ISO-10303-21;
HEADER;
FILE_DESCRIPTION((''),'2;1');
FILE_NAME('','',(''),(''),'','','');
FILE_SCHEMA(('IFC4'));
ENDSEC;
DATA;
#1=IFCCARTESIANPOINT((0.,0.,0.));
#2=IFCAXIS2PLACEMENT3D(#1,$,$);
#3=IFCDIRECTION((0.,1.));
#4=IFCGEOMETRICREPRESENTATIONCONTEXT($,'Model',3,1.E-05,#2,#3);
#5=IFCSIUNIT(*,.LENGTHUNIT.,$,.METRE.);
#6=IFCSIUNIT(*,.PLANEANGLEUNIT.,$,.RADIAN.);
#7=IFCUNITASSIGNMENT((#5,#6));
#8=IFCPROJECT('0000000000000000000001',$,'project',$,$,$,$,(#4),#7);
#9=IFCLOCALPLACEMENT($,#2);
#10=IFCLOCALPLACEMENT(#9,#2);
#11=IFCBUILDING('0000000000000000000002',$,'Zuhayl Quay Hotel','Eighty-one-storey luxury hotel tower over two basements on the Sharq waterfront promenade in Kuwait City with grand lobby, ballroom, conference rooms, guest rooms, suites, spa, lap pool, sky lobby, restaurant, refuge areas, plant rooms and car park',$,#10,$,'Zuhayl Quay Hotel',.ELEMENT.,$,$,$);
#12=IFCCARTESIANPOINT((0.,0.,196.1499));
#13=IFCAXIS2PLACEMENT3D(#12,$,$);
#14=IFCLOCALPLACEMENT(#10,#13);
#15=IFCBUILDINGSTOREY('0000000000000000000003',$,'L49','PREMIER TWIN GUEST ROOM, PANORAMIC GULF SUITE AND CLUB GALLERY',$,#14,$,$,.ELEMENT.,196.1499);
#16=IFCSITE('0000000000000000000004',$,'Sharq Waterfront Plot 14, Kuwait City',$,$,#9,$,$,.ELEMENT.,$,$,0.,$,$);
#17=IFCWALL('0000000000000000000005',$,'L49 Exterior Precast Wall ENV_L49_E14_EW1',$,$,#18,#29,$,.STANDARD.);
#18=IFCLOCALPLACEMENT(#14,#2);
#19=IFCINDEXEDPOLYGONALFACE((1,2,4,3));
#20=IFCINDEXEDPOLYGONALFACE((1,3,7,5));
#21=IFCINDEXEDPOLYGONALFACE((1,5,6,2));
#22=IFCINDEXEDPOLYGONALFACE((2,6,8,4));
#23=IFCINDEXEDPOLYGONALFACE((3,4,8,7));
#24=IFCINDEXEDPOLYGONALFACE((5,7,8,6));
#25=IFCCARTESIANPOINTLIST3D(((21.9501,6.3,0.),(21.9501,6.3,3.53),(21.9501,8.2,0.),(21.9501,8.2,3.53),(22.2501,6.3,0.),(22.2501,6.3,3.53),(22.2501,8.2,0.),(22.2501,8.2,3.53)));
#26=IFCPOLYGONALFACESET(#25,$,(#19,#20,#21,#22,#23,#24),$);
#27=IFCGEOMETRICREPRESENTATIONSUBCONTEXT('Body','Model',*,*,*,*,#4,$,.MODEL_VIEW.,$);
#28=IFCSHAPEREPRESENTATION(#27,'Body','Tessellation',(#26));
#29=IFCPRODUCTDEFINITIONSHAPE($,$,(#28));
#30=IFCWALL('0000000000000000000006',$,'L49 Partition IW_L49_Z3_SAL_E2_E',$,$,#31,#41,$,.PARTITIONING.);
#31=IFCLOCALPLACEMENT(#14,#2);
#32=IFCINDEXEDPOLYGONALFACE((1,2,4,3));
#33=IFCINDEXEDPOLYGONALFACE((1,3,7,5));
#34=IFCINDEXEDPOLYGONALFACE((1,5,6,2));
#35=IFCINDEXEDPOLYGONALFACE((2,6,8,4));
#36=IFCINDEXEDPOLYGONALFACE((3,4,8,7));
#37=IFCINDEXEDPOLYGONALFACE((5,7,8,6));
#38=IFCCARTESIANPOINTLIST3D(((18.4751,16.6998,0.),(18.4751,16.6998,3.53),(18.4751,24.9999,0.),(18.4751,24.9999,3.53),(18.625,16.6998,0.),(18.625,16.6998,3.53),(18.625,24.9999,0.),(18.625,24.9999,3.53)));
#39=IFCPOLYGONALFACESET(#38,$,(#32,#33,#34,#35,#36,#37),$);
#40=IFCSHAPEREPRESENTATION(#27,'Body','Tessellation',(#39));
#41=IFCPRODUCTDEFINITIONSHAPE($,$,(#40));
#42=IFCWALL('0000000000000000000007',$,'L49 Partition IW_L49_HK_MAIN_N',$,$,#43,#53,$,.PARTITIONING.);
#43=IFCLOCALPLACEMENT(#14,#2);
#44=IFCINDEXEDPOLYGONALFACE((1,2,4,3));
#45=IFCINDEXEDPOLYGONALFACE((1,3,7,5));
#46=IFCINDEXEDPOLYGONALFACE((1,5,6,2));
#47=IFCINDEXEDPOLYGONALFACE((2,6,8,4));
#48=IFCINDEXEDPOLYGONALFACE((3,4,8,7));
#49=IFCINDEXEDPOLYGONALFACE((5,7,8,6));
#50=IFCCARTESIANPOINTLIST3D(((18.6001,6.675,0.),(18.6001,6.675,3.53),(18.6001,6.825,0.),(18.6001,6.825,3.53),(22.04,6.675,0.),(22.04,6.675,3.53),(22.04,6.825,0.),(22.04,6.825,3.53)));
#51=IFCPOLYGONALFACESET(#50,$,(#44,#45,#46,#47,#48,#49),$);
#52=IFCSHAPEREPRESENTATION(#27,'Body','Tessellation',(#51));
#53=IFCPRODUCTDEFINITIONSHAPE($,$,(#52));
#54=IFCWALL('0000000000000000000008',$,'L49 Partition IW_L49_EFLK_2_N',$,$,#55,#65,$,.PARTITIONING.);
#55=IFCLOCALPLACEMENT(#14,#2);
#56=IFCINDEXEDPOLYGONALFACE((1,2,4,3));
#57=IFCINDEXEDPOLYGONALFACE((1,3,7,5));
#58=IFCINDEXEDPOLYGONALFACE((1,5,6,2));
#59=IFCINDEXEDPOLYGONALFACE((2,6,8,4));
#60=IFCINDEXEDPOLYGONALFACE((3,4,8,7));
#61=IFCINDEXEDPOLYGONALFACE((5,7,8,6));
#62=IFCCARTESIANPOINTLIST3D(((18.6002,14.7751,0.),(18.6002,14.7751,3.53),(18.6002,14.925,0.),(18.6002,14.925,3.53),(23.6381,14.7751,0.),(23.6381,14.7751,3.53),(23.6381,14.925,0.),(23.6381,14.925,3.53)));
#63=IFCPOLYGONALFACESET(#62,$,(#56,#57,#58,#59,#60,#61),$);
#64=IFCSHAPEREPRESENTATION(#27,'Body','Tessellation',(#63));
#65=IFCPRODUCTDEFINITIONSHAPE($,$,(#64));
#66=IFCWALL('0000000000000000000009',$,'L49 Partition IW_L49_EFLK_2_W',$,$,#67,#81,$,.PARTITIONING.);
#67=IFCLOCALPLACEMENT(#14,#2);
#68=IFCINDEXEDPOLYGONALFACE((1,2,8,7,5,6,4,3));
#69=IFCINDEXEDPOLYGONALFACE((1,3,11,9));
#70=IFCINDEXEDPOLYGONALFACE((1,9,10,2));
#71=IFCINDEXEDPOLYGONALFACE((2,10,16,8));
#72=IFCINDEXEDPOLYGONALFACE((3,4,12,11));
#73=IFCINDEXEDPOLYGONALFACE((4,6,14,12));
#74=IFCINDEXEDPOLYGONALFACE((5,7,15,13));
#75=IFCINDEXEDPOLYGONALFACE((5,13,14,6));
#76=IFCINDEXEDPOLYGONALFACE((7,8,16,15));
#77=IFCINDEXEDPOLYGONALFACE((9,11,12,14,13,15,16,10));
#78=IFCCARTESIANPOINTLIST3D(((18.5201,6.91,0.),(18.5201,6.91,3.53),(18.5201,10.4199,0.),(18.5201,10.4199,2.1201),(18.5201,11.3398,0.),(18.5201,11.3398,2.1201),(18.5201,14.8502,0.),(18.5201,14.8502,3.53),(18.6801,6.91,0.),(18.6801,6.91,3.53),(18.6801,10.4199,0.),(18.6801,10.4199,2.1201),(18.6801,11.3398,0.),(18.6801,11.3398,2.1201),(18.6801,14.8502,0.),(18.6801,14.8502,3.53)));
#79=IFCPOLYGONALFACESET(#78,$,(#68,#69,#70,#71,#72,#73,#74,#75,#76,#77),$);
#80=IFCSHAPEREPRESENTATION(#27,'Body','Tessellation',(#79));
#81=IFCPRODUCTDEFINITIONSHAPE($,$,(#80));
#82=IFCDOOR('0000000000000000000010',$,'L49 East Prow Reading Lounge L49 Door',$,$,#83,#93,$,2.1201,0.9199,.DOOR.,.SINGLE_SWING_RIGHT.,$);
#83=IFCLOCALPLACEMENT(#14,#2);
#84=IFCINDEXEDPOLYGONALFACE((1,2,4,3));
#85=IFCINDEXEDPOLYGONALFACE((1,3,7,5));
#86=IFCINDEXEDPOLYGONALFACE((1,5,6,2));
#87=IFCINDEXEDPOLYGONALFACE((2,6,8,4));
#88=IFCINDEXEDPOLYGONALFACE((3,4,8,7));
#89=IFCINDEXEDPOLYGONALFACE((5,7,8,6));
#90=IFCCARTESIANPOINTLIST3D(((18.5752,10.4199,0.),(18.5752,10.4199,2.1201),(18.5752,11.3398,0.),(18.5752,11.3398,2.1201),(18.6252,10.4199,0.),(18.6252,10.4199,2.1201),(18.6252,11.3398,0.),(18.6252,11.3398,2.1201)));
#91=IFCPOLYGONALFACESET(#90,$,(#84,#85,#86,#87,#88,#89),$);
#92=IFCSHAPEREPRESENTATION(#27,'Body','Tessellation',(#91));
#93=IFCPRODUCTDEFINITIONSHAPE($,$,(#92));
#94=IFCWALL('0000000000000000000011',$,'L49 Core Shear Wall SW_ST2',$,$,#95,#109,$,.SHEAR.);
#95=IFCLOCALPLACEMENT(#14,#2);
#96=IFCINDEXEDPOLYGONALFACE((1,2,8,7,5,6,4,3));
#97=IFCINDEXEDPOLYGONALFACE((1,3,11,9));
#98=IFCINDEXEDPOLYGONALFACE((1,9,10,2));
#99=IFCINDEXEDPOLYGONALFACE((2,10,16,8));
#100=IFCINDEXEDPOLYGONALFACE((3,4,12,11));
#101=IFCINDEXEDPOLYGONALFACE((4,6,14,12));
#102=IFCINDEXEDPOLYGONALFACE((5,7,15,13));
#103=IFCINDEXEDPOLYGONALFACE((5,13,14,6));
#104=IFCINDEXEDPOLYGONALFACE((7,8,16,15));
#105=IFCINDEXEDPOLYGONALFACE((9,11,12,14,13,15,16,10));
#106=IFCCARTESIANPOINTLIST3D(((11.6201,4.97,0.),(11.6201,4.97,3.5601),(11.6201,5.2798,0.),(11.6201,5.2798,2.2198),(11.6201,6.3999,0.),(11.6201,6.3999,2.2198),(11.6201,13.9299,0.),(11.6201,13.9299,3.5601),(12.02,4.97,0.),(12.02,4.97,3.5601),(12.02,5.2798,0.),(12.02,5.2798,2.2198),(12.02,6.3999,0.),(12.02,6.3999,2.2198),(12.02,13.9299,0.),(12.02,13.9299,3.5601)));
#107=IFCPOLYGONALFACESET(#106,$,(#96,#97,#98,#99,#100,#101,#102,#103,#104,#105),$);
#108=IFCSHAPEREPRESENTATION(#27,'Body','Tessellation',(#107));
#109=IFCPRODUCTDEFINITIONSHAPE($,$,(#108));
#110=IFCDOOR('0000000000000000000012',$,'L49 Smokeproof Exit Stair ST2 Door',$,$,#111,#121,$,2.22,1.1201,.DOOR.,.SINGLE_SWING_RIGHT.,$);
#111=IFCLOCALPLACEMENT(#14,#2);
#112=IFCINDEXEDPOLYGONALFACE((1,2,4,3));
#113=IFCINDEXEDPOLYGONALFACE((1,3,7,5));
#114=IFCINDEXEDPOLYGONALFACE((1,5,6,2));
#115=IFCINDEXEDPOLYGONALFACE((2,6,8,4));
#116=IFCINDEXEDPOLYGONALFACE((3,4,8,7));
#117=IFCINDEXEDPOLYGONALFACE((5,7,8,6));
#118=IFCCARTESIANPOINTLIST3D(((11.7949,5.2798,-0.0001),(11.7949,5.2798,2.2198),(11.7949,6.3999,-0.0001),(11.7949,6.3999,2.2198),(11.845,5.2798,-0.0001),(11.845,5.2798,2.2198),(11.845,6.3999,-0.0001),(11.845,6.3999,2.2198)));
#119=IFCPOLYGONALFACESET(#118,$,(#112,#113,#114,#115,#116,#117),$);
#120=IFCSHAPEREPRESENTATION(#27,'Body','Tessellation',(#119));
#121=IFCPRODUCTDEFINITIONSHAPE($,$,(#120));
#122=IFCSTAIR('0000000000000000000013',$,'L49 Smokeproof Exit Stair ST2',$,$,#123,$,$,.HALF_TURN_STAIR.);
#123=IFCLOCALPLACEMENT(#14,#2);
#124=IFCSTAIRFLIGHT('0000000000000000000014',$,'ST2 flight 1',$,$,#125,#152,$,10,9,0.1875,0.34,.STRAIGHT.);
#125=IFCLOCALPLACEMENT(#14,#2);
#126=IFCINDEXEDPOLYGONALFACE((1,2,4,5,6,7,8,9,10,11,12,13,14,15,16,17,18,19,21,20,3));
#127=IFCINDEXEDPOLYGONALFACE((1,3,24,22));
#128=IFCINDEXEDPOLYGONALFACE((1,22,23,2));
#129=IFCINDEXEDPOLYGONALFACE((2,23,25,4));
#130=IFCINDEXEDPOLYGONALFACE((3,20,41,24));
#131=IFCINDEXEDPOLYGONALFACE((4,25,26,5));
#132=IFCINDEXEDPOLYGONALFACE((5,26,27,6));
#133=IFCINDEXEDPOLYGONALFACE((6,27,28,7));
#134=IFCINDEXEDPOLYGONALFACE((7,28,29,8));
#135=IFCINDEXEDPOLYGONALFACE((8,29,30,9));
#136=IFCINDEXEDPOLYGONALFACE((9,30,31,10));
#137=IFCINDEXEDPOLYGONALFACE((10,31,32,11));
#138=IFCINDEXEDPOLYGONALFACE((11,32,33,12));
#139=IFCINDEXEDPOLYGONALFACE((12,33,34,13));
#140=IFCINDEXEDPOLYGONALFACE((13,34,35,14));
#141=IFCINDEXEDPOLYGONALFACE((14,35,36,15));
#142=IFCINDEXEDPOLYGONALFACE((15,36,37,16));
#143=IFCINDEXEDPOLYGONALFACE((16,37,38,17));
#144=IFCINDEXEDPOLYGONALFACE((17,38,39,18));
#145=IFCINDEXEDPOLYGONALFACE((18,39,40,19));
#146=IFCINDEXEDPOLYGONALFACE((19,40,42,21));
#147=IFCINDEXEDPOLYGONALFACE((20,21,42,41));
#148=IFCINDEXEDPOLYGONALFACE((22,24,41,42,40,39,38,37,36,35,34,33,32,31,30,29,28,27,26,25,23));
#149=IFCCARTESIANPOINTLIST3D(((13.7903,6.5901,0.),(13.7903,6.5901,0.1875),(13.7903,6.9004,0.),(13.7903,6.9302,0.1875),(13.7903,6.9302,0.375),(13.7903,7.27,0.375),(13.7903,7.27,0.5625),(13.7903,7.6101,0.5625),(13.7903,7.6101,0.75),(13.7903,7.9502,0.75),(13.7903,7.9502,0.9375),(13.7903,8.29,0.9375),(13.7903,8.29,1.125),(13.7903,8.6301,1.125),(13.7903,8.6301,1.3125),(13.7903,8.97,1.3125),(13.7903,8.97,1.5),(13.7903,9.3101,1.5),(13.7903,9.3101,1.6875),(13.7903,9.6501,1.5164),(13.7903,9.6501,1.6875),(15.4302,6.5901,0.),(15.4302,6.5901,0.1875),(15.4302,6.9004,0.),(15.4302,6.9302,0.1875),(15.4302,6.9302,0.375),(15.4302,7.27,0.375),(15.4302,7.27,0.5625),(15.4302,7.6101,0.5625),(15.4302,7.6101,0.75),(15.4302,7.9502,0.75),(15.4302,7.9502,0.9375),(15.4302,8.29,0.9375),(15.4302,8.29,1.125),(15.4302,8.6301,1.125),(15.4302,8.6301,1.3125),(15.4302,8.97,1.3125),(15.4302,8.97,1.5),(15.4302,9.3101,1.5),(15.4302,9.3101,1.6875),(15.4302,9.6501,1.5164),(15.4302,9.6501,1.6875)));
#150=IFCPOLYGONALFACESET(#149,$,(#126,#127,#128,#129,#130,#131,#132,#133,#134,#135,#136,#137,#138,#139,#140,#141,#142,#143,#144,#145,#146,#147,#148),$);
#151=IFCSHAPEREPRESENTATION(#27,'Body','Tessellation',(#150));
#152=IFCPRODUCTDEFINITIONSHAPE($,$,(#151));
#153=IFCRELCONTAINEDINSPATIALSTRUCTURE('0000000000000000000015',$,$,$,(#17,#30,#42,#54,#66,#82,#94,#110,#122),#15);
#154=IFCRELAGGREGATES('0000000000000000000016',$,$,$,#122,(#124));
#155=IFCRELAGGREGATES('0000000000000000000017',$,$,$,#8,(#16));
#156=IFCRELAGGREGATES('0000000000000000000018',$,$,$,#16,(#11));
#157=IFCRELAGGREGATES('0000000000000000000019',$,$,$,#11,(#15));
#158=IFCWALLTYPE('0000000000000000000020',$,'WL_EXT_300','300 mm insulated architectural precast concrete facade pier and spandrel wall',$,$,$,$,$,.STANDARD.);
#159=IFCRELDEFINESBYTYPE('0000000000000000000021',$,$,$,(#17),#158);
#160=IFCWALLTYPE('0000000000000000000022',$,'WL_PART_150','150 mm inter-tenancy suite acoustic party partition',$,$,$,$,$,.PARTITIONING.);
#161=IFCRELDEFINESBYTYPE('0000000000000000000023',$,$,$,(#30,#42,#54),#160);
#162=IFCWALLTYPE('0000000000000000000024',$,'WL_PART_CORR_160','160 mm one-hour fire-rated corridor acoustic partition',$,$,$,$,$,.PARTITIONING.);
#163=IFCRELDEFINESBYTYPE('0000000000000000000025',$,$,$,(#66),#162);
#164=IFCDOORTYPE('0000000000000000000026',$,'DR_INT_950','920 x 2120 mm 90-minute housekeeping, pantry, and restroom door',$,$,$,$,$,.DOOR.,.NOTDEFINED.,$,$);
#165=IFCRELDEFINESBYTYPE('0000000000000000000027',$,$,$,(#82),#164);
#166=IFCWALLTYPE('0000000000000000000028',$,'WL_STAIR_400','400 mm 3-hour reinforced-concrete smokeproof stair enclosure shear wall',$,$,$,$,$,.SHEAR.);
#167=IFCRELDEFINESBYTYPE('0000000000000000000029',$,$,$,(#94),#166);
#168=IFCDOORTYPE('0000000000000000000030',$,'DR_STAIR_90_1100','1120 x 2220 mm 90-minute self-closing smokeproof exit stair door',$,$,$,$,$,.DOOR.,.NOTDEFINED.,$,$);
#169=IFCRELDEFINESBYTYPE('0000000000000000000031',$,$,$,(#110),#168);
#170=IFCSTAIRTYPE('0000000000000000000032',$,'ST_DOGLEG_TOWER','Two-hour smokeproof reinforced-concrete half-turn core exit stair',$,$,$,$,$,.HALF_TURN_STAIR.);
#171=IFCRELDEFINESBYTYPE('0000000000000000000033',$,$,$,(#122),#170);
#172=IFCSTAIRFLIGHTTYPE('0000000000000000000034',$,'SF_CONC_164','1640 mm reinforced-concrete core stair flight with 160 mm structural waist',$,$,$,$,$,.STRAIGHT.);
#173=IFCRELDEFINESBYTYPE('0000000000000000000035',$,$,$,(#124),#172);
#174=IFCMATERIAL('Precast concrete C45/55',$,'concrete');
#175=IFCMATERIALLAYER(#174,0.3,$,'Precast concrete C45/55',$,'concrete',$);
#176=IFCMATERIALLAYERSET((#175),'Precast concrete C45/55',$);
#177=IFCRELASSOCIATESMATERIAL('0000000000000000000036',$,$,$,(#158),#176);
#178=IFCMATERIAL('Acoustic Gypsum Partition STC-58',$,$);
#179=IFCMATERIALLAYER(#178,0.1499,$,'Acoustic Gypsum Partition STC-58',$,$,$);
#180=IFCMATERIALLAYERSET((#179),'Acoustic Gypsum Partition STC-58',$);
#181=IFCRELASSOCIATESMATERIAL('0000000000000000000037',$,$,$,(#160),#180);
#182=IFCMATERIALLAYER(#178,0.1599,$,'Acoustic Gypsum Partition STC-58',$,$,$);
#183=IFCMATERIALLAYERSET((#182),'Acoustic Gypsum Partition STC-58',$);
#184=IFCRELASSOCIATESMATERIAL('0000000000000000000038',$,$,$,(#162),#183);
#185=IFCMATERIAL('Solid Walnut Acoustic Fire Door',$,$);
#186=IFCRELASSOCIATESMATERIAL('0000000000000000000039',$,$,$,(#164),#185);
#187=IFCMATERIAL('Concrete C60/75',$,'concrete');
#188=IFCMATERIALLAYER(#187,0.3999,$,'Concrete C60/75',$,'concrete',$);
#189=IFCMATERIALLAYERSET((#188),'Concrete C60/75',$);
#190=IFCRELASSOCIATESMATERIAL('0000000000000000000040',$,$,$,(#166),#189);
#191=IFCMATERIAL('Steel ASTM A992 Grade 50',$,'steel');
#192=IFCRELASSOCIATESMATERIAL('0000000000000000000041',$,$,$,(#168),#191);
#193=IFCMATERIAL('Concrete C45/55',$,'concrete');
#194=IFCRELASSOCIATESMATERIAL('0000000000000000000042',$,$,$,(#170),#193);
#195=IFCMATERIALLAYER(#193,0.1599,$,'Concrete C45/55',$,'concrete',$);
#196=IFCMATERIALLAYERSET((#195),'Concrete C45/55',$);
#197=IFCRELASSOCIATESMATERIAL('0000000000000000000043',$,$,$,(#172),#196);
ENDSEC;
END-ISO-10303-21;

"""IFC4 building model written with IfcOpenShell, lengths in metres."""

from ifc_helpers import new_model, si_unit, direction, frame, frame_2d, origin, place, context, subcontext, project, spatial, polyline, rectangle, outline, extrude, material, layer, layer_set, type_object, element, fill, aggregate, save


model = new_model("IFC4")

# Units and contexts
model_context = context("Model", 3, precision=1e-05, world=origin(), true_north=direction((0.0, 1.0)))
body_context = subcontext(model_context, "Body", "Model", "MODEL_VIEW")
ifc_project = project(units=[si_unit("LENGTHUNIT", "METRE"), si_unit("PLANEANGLEUNIT", "RADIAN")], contexts=[model_context])

# Site, building, storey
site_placement = place(None, origin())
site = spatial("IfcSite", under=ifc_project, at=site_placement, Name="Sharq Waterfront Plot 14, Kuwait City", CompositionType="ELEMENT", RefElevation=0.0)
building_placement = place(site_placement, origin())
building = spatial("IfcBuilding", under=site, at=building_placement, Name="Zuhayl Quay Hotel", Description="Eighty-one-storey luxury hotel tower over two basements on the Sharq waterfront promenade in Kuwait City with grand lobby, ballroom, conference rooms, guest rooms, suites, spa, lap pool, sky lobby, restaurant, refuge areas, plant rooms and car park", LongName="Zuhayl Quay Hotel", CompositionType="ELEMENT")
storey_placement = place(building_placement, frame((0.0, 0.0, 196.1499)))
storey = spatial("IfcBuildingStorey", under=building, at=storey_placement, Name="L49", Description="PREMIER TWIN GUEST ROOM, PANORAMIC GULF SUITE AND CLUB GALLERY", CompositionType="ELEMENT", Elevation=196.1499)

# Shared definitions
ifc_material_1 = material(Name="Concrete C60/75", Category="concrete")

# Shared definitions
ifc_material_2 = material(Name="Steel ASTM A992 Grade 50", Category="steel")

# Walls
ifc_material_3 = material(Name="Precast concrete C45/55", Category="concrete")
ifc_layer_1 = layer(ifc_material_3, 0.3, Name="Precast concrete C45/55", Category="concrete")
ifc_layer_set_1 = layer_set([ifc_layer_1], Name="Precast concrete C45/55")
wall_type_1 = type_object("IfcWallType", Name="WL_EXT_300", Description="300 mm insulated architectural precast concrete facade pier and spandrel wall", PredefinedType="STANDARD", material=ifc_layer_set_1)
wall_1_placement = place(storey_placement, frame((22.1001, 8.2, 0.0), z_axis=(0.0, 0.0, 1.0), x_axis=(0.0, -1.0, 0.0)))
element("IfcWall", 1, at=wall_1_placement, inside=storey, type_object=wall_type_1, Name="L49 Exterior Precast Wall ENV_L49_E14_EW1", PredefinedType="STANDARD", context=body_context, shape_type="SweptSolid", body=[
    extrude(rectangle(XDim=1.8999, YDim=0.3, at=frame_2d((0.95, 0.0))), origin(), (0.0, 0.0, 1.0), 3.53),
])
ifc_material_4 = material(Name="Acoustic Gypsum Partition STC-58")
ifc_layer_2 = layer(ifc_material_4, 0.1499, Name="Acoustic Gypsum Partition STC-58")
ifc_layer_set_2 = layer_set([ifc_layer_2], Name="Acoustic Gypsum Partition STC-58")
wall_type_2 = type_object("IfcWallType", Name="WL_PART_150", Description="150 mm inter-tenancy suite acoustic party partition", PredefinedType="PARTITIONING", material=ifc_layer_set_2)
wall_2_placement = place(storey_placement, frame((18.55, 16.7, 0.0), z_axis=(0.0, 0.0, 1.0), x_axis=(0.0, 1.0, 0.0)))
element("IfcWall", 2, at=wall_2_placement, inside=storey, type_object=wall_type_2, Name="L49 Partition IW_L49_Z3_SAL_E2_E", PredefinedType="PARTITIONING", context=body_context, shape_type="SweptSolid", body=[
    extrude(rectangle(XDim=8.3, YDim=0.1499, at=frame_2d((4.1499, 0.0))), origin(), (0.0, 0.0, 1.0), 3.53),
])
wall_3_placement = place(storey_placement, frame((18.6001, 6.75, 0.0), z_axis=(0.0, 0.0, 1.0), x_axis=(1.0, 0.0, 0.0)))
element("IfcWall", 3, at=wall_3_placement, inside=storey, type_object=wall_type_2, Name="L49 Partition IW_L49_HK_MAIN_N", PredefinedType="PARTITIONING", context=body_context, shape_type="SweptSolid", body=[
    extrude(rectangle(XDim=3.4399, YDim=0.1499, at=frame_2d((1.72, 0.0))), origin(), (0.0, 0.0, 1.0), 3.53),
])
wall_4_placement = place(storey_placement, frame((18.6001, 14.8501, 0.0), z_axis=(0.0, 0.0, 1.0), x_axis=(1.0, 0.0, 0.0)))
element("IfcWall", 4, at=wall_4_placement, inside=storey, type_object=wall_type_2, Name="L49 Partition IW_L49_EFLK_2_N", PredefinedType="PARTITIONING", context=body_context, shape_type="SweptSolid", body=[
    extrude(rectangle(XDim=5.0378, YDim=0.1499, at=frame_2d((2.519, 0.0))), origin(), (0.0, 0.0, 1.0), 3.53),
])

# Walls, openings, doors
ifc_layer_3 = layer(ifc_material_4, 0.1599, Name="Acoustic Gypsum Partition STC-58")
ifc_layer_set_3 = layer_set([ifc_layer_3], Name="Acoustic Gypsum Partition STC-58")
wall_type_3 = type_object("IfcWallType", Name="WL_PART_CORR_160", Description="160 mm one-hour fire-rated corridor acoustic partition", PredefinedType="PARTITIONING", material=ifc_layer_set_3)
wall_5_placement = place(storey_placement, frame((18.6001, 6.9099, 0.0), z_axis=(0.0, 0.0, 1.0), x_axis=(0.0, 1.0, 0.0)))
wall_5 = element("IfcWall", 5, at=wall_5_placement, inside=storey, type_object=wall_type_3, Name="L49 Partition IW_L49_EFLK_2_W", PredefinedType="PARTITIONING", context=body_context, shape_type="SweptSolid", body=[
    extrude(rectangle(XDim=7.9402, YDim=0.1599, at=frame_2d((3.9702, 0.0))), origin(), (0.0, 0.0, 1.0), 3.53),
])
opening_1_placement = place(wall_5_placement, frame((3.51, 0.0, 0.0)))
opening_1 = element("IfcOpeningElement", 6, at=opening_1_placement, cuts=wall_5, PredefinedType="OPENING", context=body_context, shape_type="SweptSolid", body=[
    extrude(rectangle(XDim=0.9199, YDim=2.1201, at=frame_2d((0.46, 1.0601))), frame((0.0, 0.0898, 0.0), z_axis=(0.0, -1.0, 0.0), x_axis=(1.0, 0.0, 0.0)), (0.0, 0.0, 1.0), 0.1799),
])
ifc_material_5 = material(Name="Solid Walnut Acoustic Fire Door")
door_type_1 = type_object("IfcDoorType", Name="DR_INT_950", Description="920 x 2120 mm 90-minute housekeeping, pantry, and restroom door", OperationType="NOTDEFINED", PredefinedType="DOOR", material=ifc_material_5)
door_1_placement = place(opening_1_placement, origin())
door_1 = element("IfcDoor", 7, at=door_1_placement, inside=storey, type_object=door_type_1, Name="L49 East Prow Reading Lounge L49 Door", OperationType="SINGLE_SWING_RIGHT", OverallHeight=2.1201, OverallWidth=0.9199, PredefinedType="DOOR", context=body_context, shape_type="SweptSolid", body=[
    extrude(rectangle(XDim=0.9199, YDim=2.1201, at=frame_2d((0.46, 1.0601))), frame((0.0, 0.0249, 0.0), z_axis=(0.0, -1.0, 0.0), x_axis=(1.0, 0.0, 0.0)), (0.0, 0.0, 1.0), 0.05),
])
fill(opening_1, door_1)
ifc_layer_4 = layer(ifc_material_1, 0.3999, Name="Concrete C60/75", Category="concrete")
ifc_layer_set_4 = layer_set([ifc_layer_4], Name="Concrete C60/75")
wall_type_4 = type_object("IfcWallType", Name="WL_STAIR_400", Description="400 mm 3-hour reinforced-concrete smokeproof stair enclosure shear wall", PredefinedType="SHEAR", material=ifc_layer_set_4)
wall_6_placement = place(storey_placement, frame((11.8201, 13.9299, 0.0), z_axis=(0.0, 0.0, 1.0), x_axis=(0.0, -1.0, 0.0)))
wall_6 = element("IfcWall", 8, at=wall_6_placement, inside=storey, type_object=wall_type_4, Name="L49 Core Shear Wall SW_ST2", PredefinedType="SHEAR", context=body_context, shape_type="SweptSolid", body=[
    extrude(rectangle(XDim=8.96, YDim=0.3999, at=frame_2d((4.48, 0.0))), origin(), (0.0, 0.0, 1.0), 3.5601),
])
opening_2_placement = place(wall_6_placement, frame((7.53, 0.0, 0.0)))
opening_2 = element("IfcOpeningElement", 9, at=opening_2_placement, cuts=wall_6, PredefinedType="OPENING", context=body_context, shape_type="SweptSolid", body=[
    extrude(rectangle(XDim=1.1201, YDim=2.22, at=frame_2d((0.5601, 1.1099))), frame((0.0, 0.21, 0.0), z_axis=(0.0, -1.0, 0.0), x_axis=(1.0, 0.0, 0.0)), (0.0, 0.0, 1.0), 0.4199),
])
door_type_2 = type_object("IfcDoorType", Name="DR_STAIR_90_1100", Description="1120 x 2220 mm 90-minute self-closing smokeproof exit stair door", OperationType="NOTDEFINED", PredefinedType="DOOR", material=ifc_material_2)
door_2_placement = place(opening_2_placement, origin())
door_2 = element("IfcDoor", 10, at=door_2_placement, inside=storey, type_object=door_type_2, Name="L49 Smokeproof Exit Stair ST2 Door", OperationType="SINGLE_SWING_RIGHT", OverallHeight=2.22, OverallWidth=1.1201, PredefinedType="DOOR", context=body_context, shape_type="SweptSolid", body=[
    extrude(rectangle(XDim=1.1201, YDim=2.22, at=frame_2d((0.5601, 1.1099))), frame((0.0, 0.0249, 0.0), z_axis=(0.0, -1.0, 0.0), x_axis=(1.0, 0.0, 0.0)), (0.0, 0.0, 1.0), 0.05),
])
fill(opening_2, door_2)

# Stair, stair flight
ifc_material_6 = material(Name="Concrete C45/55", Category="concrete")
stair_type = type_object("IfcStairType", Name="ST_DOGLEG_TOWER", Description="Two-hour smokeproof reinforced-concrete half-turn core exit stair", PredefinedType="HALF_TURN_STAIR", material=ifc_material_6)
stair_placement = place(storey_placement, origin())
stair = element("IfcStair", 11, at=stair_placement, inside=storey, type_object=stair_type, Name="L49 Smokeproof Exit Stair ST2", PredefinedType="HALF_TURN_STAIR")
ifc_layer_5 = layer(ifc_material_6, 0.1599, Name="Concrete C45/55", Category="concrete")
ifc_layer_set_5 = layer_set([ifc_layer_5], Name="Concrete C45/55")
stair_flight_type = type_object("IfcStairFlightType", Name="SF_CONC_164", Description="1640 mm reinforced-concrete core stair flight with 160 mm structural waist", PredefinedType="STRAIGHT", material=ifc_layer_set_5)
stair_flight_1_placement = place(storey_placement, frame((14.6101, 6.5901, 0.0), z_axis=(0.0, 0.0, 1.0), x_axis=(0.0, 1.0, 0.0)))
stair_flight_1 = element("IfcStairFlight", 12, at=stair_flight_1_placement, type_object=stair_flight_type, Name="ST2 flight 1", NumberOfRisers=10, NumberOfTreads=9, PredefinedType="STRAIGHT", RiserHeight=0.1875, TreadLength=0.34, context=body_context, shape_type="SweptSolid", body=[
    extrude(outline(polyline([(0.0, 0.0), (0.0, 0.1875), (0.3401, 0.1875), (0.3401, 0.375), (0.6799, 0.375), (0.6799, 0.5625), (1.02, 0.5625), (1.02, 0.75), (1.3601, 0.75), (1.3601, 0.9375), (1.7, 0.9375), (1.7, 1.125), (2.04, 1.125), (2.04, 1.3125), (2.3799, 1.3125), (2.3799, 1.5), (2.72, 1.5), (2.72, 1.6875), (3.0601, 1.6875), (3.0601, 1.875), (3.0601, 1.5164), (0.3103, 0.0), (0.0, 0.0)])), frame((0.0, 0.8198, 0.0), z_axis=(0.0, -1.0, 0.0), x_axis=(1.0, 0.0, 0.0)), (0.0, 0.0, 1.0), 1.6399),
])
aggregate(stair, [stair_flight_1])

save(model, "model.ifc")
